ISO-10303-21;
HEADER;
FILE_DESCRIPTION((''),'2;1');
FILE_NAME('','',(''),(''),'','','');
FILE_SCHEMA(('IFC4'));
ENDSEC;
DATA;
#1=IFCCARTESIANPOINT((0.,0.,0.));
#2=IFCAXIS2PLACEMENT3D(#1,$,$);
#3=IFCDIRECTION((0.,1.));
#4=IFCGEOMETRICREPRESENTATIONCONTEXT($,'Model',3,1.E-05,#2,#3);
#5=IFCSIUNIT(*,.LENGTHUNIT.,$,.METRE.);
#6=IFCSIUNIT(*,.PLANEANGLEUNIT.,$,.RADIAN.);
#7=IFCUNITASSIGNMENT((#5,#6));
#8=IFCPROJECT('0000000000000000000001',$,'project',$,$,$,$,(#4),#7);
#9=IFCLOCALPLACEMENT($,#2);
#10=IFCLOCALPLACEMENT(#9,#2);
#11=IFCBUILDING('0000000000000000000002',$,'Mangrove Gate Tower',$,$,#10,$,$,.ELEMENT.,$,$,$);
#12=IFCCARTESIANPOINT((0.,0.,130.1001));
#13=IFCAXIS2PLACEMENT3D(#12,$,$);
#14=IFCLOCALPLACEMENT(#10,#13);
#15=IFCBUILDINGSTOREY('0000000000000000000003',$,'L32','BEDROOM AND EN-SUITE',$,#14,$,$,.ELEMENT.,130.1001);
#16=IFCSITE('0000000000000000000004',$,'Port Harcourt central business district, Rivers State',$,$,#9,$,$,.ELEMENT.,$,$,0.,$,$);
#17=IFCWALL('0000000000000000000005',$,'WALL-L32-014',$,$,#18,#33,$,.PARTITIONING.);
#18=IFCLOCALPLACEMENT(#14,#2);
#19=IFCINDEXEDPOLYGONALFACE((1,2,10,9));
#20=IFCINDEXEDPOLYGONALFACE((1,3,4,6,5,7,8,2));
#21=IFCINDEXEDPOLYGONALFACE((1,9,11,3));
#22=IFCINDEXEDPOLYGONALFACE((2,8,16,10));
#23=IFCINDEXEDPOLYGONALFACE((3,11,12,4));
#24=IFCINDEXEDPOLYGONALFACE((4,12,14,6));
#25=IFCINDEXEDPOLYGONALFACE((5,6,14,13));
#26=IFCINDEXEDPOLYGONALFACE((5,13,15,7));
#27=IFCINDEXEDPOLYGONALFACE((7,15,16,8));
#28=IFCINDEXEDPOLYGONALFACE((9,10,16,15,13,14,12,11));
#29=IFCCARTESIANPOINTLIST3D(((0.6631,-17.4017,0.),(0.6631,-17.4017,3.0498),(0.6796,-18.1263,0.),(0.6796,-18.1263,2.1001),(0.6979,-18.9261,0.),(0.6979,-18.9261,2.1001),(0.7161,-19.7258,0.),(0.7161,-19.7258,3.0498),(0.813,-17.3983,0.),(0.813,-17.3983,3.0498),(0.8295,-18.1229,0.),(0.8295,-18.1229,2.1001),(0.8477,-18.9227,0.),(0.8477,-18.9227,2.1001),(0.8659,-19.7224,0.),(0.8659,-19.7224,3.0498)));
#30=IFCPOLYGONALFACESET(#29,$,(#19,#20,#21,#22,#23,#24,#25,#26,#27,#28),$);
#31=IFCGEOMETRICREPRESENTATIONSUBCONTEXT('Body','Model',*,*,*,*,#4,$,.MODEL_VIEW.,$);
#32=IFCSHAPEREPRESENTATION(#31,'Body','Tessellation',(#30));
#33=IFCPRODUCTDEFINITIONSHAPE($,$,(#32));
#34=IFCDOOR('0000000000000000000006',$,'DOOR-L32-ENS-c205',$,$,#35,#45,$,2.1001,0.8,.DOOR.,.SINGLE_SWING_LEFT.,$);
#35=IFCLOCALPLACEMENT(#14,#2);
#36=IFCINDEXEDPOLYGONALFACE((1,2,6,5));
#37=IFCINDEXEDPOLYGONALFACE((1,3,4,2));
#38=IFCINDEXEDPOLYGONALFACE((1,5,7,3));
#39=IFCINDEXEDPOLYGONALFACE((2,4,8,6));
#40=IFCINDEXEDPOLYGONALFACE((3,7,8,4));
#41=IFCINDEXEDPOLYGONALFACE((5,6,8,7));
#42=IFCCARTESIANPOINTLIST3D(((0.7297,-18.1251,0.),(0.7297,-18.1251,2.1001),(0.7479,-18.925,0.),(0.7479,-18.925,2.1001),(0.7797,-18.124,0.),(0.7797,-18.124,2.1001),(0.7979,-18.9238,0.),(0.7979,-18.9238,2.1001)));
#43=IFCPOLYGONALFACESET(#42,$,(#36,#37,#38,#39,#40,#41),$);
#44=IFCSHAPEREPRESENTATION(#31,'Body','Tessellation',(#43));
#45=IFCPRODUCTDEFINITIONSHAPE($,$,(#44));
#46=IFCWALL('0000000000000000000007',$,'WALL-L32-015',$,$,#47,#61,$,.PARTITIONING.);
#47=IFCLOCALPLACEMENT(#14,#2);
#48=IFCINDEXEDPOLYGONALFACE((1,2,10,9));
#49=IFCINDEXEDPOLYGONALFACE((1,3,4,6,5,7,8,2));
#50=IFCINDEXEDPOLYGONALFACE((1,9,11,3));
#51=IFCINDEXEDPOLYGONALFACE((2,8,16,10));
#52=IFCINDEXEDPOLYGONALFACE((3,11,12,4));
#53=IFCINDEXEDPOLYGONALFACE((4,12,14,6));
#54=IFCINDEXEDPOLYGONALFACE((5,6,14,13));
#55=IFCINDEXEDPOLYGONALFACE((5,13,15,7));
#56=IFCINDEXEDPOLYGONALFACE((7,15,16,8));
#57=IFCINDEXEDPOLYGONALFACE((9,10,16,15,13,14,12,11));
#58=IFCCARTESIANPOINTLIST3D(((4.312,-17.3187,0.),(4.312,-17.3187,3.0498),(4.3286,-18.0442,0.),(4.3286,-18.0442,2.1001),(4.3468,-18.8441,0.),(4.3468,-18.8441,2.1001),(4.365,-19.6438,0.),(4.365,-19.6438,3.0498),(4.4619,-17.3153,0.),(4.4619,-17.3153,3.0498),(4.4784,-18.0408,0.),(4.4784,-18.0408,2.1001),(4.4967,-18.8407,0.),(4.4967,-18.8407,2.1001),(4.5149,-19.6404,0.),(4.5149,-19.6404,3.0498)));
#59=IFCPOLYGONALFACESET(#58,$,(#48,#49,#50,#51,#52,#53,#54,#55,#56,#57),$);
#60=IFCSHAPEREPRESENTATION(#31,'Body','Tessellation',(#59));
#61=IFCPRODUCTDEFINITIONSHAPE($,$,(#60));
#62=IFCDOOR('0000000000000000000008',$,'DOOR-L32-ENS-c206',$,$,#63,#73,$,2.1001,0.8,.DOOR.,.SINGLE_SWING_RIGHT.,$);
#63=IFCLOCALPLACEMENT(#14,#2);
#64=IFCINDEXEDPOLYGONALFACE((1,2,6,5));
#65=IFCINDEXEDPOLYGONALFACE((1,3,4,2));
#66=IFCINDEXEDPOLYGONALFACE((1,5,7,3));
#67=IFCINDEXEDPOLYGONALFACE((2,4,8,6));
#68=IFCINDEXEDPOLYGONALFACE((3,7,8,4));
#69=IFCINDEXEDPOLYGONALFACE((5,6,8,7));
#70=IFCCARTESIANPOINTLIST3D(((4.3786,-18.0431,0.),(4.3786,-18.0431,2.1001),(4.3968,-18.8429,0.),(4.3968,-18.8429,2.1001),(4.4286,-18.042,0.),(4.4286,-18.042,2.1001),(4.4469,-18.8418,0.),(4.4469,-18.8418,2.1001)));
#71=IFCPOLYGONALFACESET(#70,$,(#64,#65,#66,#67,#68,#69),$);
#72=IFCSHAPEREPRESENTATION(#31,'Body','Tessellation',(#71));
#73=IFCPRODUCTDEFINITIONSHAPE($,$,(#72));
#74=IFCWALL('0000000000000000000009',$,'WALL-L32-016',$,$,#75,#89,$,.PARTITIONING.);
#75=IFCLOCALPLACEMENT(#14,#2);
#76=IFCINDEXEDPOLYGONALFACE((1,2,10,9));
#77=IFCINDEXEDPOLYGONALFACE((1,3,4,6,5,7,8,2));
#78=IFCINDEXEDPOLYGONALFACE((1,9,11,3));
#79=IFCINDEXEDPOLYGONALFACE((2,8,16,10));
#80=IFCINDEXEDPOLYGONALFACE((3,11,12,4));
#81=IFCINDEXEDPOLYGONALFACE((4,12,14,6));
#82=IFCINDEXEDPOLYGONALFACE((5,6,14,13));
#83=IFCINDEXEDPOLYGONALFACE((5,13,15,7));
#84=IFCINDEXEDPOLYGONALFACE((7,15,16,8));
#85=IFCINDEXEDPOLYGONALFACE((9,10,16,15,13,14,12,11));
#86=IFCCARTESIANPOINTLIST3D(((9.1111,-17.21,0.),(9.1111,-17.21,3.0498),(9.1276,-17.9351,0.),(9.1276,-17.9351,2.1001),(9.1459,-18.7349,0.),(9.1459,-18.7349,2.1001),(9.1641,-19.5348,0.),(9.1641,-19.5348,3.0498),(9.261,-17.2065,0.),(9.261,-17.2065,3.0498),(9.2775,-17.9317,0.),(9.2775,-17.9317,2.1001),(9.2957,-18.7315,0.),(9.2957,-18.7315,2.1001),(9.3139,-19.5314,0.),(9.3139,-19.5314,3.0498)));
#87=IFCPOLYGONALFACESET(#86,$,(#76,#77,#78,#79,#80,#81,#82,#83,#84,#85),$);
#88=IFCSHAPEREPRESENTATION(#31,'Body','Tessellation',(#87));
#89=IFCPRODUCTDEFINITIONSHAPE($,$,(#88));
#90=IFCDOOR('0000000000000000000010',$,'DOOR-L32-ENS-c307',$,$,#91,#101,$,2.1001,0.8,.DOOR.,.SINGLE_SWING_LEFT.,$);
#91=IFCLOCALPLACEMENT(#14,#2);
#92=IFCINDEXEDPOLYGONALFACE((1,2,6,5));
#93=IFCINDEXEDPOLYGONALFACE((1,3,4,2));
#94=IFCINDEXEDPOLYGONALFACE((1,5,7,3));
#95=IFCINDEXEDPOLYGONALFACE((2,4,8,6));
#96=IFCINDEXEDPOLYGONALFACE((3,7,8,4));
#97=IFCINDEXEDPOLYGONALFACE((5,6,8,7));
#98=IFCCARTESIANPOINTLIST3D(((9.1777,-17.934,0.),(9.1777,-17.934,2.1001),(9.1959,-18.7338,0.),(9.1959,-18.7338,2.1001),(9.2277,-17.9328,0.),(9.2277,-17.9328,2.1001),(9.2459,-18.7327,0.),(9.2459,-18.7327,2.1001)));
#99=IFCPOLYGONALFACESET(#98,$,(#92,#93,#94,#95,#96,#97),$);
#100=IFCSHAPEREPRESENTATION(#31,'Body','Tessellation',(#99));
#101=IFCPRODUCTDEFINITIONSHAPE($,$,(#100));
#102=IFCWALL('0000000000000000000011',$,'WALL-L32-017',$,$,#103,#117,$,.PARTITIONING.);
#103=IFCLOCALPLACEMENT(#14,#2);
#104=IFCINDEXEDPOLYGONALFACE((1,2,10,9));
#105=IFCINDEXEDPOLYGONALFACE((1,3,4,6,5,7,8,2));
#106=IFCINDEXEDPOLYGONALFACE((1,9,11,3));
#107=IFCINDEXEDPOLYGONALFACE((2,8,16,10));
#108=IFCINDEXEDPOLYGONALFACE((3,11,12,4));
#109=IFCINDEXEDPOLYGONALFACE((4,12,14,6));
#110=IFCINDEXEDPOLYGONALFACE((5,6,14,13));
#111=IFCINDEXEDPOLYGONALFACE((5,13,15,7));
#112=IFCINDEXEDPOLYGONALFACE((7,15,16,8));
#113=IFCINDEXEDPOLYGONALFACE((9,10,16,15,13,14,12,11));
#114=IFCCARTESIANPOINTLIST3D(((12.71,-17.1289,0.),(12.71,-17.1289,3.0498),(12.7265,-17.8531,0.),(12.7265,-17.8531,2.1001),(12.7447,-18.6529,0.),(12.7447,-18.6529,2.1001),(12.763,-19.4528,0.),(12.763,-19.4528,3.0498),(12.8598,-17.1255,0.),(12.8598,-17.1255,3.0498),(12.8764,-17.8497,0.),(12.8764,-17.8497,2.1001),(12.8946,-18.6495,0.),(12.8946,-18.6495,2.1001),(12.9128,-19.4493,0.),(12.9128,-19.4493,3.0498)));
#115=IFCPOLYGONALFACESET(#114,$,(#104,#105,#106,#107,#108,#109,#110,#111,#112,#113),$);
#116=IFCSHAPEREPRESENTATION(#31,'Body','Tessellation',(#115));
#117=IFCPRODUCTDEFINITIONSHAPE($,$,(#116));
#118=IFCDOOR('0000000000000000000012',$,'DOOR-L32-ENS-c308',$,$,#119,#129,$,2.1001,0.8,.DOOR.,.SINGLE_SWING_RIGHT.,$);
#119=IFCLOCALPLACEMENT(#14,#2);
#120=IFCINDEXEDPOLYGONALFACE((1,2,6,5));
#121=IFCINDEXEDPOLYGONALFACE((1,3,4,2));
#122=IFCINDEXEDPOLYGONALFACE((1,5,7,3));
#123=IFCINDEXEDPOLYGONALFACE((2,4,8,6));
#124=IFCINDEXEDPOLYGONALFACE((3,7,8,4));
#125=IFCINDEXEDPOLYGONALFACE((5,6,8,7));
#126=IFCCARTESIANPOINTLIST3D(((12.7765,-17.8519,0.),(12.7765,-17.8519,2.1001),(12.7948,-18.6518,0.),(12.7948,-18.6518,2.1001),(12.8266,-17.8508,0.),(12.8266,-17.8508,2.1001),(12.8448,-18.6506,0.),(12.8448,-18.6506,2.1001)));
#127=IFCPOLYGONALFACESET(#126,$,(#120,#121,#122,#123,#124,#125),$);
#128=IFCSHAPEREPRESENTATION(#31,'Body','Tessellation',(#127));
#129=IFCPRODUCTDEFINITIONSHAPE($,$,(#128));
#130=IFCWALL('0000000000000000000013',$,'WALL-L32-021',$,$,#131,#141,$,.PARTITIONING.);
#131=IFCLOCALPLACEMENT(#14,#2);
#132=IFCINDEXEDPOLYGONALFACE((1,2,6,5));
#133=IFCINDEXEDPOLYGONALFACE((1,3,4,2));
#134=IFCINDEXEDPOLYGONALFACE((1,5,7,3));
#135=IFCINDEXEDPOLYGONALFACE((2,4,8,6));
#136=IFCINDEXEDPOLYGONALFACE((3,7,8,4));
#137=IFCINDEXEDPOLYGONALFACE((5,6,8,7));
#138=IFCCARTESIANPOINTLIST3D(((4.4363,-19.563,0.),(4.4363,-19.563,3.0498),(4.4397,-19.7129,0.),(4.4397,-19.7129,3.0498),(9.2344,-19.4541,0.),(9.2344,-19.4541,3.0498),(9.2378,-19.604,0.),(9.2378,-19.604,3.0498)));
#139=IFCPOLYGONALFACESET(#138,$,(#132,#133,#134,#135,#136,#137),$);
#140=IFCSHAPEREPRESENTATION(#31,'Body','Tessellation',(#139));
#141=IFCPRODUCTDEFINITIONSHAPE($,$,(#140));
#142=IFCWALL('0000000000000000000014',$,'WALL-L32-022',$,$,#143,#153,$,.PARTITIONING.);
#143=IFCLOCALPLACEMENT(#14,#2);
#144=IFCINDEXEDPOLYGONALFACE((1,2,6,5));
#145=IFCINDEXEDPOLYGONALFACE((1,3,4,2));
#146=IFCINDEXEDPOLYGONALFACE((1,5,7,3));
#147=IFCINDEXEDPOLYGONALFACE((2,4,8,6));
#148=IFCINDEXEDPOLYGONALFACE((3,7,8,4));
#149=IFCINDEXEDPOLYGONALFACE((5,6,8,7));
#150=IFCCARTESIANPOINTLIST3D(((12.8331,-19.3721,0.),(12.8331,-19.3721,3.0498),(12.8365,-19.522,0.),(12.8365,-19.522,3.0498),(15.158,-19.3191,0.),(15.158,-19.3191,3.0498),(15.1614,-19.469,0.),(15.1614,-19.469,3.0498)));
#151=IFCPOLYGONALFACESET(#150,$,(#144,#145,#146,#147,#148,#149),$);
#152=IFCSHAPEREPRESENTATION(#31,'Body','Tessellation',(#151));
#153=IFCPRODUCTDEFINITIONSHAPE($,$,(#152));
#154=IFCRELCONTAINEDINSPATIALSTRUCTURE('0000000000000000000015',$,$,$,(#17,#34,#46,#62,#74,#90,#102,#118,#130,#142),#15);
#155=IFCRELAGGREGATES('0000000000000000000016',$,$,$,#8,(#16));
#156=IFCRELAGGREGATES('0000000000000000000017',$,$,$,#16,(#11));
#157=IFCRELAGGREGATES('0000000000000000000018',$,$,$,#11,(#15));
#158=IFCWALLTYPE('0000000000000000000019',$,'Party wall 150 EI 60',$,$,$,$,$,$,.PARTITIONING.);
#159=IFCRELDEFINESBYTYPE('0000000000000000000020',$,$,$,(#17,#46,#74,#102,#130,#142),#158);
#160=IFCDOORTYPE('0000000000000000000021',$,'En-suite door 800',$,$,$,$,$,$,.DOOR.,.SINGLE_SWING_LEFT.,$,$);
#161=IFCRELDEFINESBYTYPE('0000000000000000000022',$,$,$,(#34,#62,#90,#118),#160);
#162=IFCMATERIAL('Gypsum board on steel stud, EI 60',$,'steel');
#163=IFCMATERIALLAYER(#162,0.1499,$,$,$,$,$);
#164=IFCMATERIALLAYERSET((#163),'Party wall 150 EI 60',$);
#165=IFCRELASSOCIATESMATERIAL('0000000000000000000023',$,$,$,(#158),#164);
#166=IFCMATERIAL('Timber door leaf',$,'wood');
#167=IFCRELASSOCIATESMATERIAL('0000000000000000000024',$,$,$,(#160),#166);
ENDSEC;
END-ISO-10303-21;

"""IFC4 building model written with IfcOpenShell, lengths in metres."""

from ifc_helpers import new_model, si_unit, direction, frame, frame_2d, origin, place, context, subcontext, project, spatial, rectangle, extrude, material, layer, layer_set, type_object, element, fill, save


model = new_model("IFC4")

# Units and contexts
model_context = context("Model", 3, precision=1e-05, world=origin(), true_north=direction((0.0, 1.0)))
body_context = subcontext(model_context, "Body", "Model", "MODEL_VIEW")
ifc_project = project(units=[si_unit("LENGTHUNIT", "METRE"), si_unit("PLANEANGLEUNIT", "RADIAN")], contexts=[model_context])

# Site, building, storey
site_placement = place(None, origin())
site = spatial("IfcSite", under=ifc_project, at=site_placement, Name="Port Harcourt central business district, Rivers State", CompositionType="ELEMENT", RefElevation=0.0)
building_placement = place(site_placement, origin())
building = spatial("IfcBuilding", under=site, at=building_placement, Name="Mangrove Gate Tower", CompositionType="ELEMENT")
storey_placement = place(building_placement, frame((0.0, 0.0, 130.1001)))
storey = spatial("IfcBuildingStorey", under=building, at=storey_placement, Name="L32", Description="BEDROOM AND EN-SUITE", CompositionType="ELEMENT", Elevation=130.1001)

# Shared definitions
ifc_material_1 = material(Name="Gypsum board on steel stud, EI 60", Category="steel")
ifc_layer_1 = layer(ifc_material_1, 0.1499)
ifc_layer_set_1 = layer_set([ifc_layer_1], Name="Party wall 150 EI 60")
wall_type_1 = type_object("IfcWallType", Name="Party wall 150 EI 60", PredefinedType="PARTITIONING", material=ifc_layer_set_1)

# Walls, openings, doors
wall_1_placement = place(storey_placement, frame((0.791, -19.7241, 0.0), z_axis=(0.0, 0.0, 1.0), x_axis=(-0.022788, 0.99974, 0.0)))
wall_1 = element("IfcWall", 1, at=wall_1_placement, inside=storey, type_object=wall_type_1, Name="WALL-L32-014", PredefinedType="PARTITIONING", context=body_context, shape_type="SweptSolid", body=[
    extrude(rectangle(XDim=2.3247, YDim=0.1499, at=frame_2d((1.1624, 0.0))), origin(), (0.0, 0.0, 1.0), 3.0498),
])
opening_1_placement = place(wall_1_placement, frame((0.8, 0.0, 0.0)))
opening_1 = element("IfcOpeningElement", 2, at=opening_1_placement, cuts=wall_1, PredefinedType="OPENING", context=body_context, shape_type="SweptSolid", body=[
    extrude(rectangle(XDim=0.8, YDim=2.1001, at=frame_2d((0.3999, 1.05))), frame((0.0, 0.085, 0.0), z_axis=(0.0, -1.0, 0.0), x_axis=(1.0, 0.0, 0.0)), (0.0, 0.0, 1.0), 0.1699),
])
ifc_material_2 = material(Name="Timber door leaf", Category="wood")
door_type_1 = type_object("IfcDoorType", Name="En-suite door 800", OperationType="SINGLE_SWING_LEFT", PredefinedType="DOOR", material=ifc_material_2)
door_1_placement = place(opening_1_placement, origin())
door_1 = element("IfcDoor", 3, at=door_1_placement, inside=storey, type_object=door_type_1, Name="DOOR-L32-ENS-c205", OperationType="SINGLE_SWING_LEFT", OverallHeight=2.1001, OverallWidth=0.8, PredefinedType="DOOR", context=body_context, shape_type="SweptSolid", body=[
    extrude(rectangle(XDim=0.8, YDim=2.1001, at=frame_2d((0.3999, 1.05))), frame((0.0, 0.0249, 0.0), z_axis=(0.0, -1.0, 0.0), x_axis=(1.0, 0.0, 0.0)), (0.0, 0.0, 1.0), 0.05),
])
fill(opening_1, door_1)
wall_2_placement = place(storey_placement, frame((4.4399, -19.6421, 0.0), z_axis=(0.0, 0.0, 1.0), x_axis=(-0.022779, 0.999741, 0.0)))
wall_2 = element("IfcWall", 4, at=wall_2_placement, inside=storey, type_object=wall_type_1, Name="WALL-L32-015", PredefinedType="PARTITIONING", context=body_context, shape_type="SweptSolid", body=[
    extrude(rectangle(XDim=2.3257, YDim=0.1499, at=frame_2d((1.1628, 0.0))), origin(), (0.0, 0.0, 1.0), 3.0498),
])
opening_2_placement = place(wall_2_placement, frame((0.8, 0.0, 0.0)))
opening_2 = element("IfcOpeningElement", 5, at=opening_2_placement, cuts=wall_2, PredefinedType="OPENING", context=body_context, shape_type="SweptSolid", body=[
    extrude(rectangle(XDim=0.8, YDim=2.1001, at=frame_2d((0.3999, 1.05))), frame((0.0, 0.085, 0.0), z_axis=(0.0, -1.0, 0.0), x_axis=(1.0, 0.0, 0.0)), (0.0, 0.0, 1.0), 0.1699),
])
door_2_placement = place(opening_2_placement, origin())
door_2 = element("IfcDoor", 6, at=door_2_placement, inside=storey, type_object=door_type_1, Name="DOOR-L32-ENS-c206", OperationType="SINGLE_SWING_RIGHT", OverallHeight=2.1001, OverallWidth=0.8, PredefinedType="DOOR", context=body_context, shape_type="SweptSolid", body=[
    extrude(rectangle(XDim=0.8, YDim=2.1001, at=frame_2d((0.3999, 1.05))), frame((0.0, 0.0249, 0.0), z_axis=(0.0, -1.0, 0.0), x_axis=(1.0, 0.0, 0.0)), (0.0, 0.0, 1.0), 0.05),
])
fill(opening_2, door_2)
wall_3_placement = place(storey_placement, frame((9.239, -19.533, 0.0), z_axis=(0.0, 0.0, 1.0), x_axis=(-0.022781, 0.99974, 0.0)))
wall_3 = element("IfcWall", 7, at=wall_3_placement, inside=storey, type_object=wall_type_1, Name="WALL-L32-016", PredefinedType="PARTITIONING", context=body_context, shape_type="SweptSolid", body=[
    extrude(rectangle(XDim=2.3254, YDim=0.1499, at=frame_2d((1.1626, 0.0))), origin(), (0.0, 0.0, 1.0), 3.0498),
])
opening_3_placement = place(wall_3_placement, frame((0.8, 0.0, 0.0)))
opening_3 = element("IfcOpeningElement", 8, at=opening_3_placement, cuts=wall_3, PredefinedType="OPENING", context=body_context, shape_type="SweptSolid", body=[
    extrude(rectangle(XDim=0.8, YDim=2.1001, at=frame_2d((0.3999, 1.05))), frame((0.0, 0.085, 0.0), z_axis=(0.0, -1.0, 0.0), x_axis=(1.0, 0.0, 0.0)), (0.0, 0.0, 1.0), 0.1699),
])
door_3_placement = place(opening_3_placement, origin())
door_3 = element("IfcDoor", 9, at=door_3_placement, inside=storey, type_object=door_type_1, Name="DOOR-L32-ENS-c307", OperationType="SINGLE_SWING_LEFT", OverallHeight=2.1001, OverallWidth=0.8, PredefinedType="DOOR", context=body_context, shape_type="SweptSolid", body=[
    extrude(rectangle(XDim=0.8, YDim=2.1001, at=frame_2d((0.3999, 1.05))), frame((0.0, 0.0249, 0.0), z_axis=(0.0, -1.0, 0.0), x_axis=(1.0, 0.0, 0.0)), (0.0, 0.0, 1.0), 0.05),
])
fill(opening_3, door_3)
wall_4_placement = place(storey_placement, frame((12.8379, -19.4509, 0.0), z_axis=(0.0, 0.0, 1.0), x_axis=(-0.022791, 0.99974, 0.0)))
wall_4 = element("IfcWall", 10, at=wall_4_placement, inside=storey, type_object=wall_type_1, Name="WALL-L32-017", PredefinedType="PARTITIONING", context=body_context, shape_type="SweptSolid", body=[
    extrude(rectangle(XDim=2.3245, YDim=0.1499, at=frame_2d((1.1621, 0.0))), origin(), (0.0, 0.0, 1.0), 3.0498),
])
opening_4_placement = place(wall_4_placement, frame((0.8, 0.0, 0.0)))
opening_4 = element("IfcOpeningElement", 11, at=opening_4_placement, cuts=wall_4, PredefinedType="OPENING", context=body_context, shape_type="SweptSolid", body=[
    extrude(rectangle(XDim=0.8, YDim=2.1001, at=frame_2d((0.3999, 1.05))), frame((0.0, 0.085, 0.0), z_axis=(0.0, -1.0, 0.0), x_axis=(1.0, 0.0, 0.0)), (0.0, 0.0, 1.0), 0.1699),
])
door_4_placement = place(opening_4_placement, origin())
door_4 = element("IfcDoor", 12, at=door_4_placement, inside=storey, type_object=door_type_1, Name="DOOR-L32-ENS-c308", OperationType="SINGLE_SWING_RIGHT", OverallHeight=2.1001, OverallWidth=0.8, PredefinedType="DOOR", context=body_context, shape_type="SweptSolid", body=[
    extrude(rectangle(XDim=0.8, YDim=2.1001, at=frame_2d((0.3999, 1.05))), frame((0.0, 0.0249, 0.0), z_axis=(0.0, -1.0, 0.0), x_axis=(1.0, 0.0, 0.0)), (0.0, 0.0, 1.0), 0.05),
])
fill(opening_4, door_4)

# Walls
wall_5_placement = place(storey_placement, frame((4.438, -19.6379, 0.0), z_axis=(0.0, 0.0, 1.0), x_axis=(0.999743, 0.022688, 0.0)))
element("IfcWall", 13, at=wall_5_placement, inside=storey, type_object=wall_type_1, Name="WALL-L32-021", PredefinedType="PARTITIONING", context=body_context, shape_type="SweptSolid", body=[
    extrude(rectangle(XDim=4.7993, YDim=0.1499, at=frame_2d((2.3997, 0.0))), origin(), (0.0, 0.0, 1.0), 3.0498),
])
wall_6_placement = place(storey_placement, frame((12.835, -19.447, 0.0), z_axis=(0.0, 0.0, 1.0), x_axis=(0.99974, 0.022781, 0.0)))
element("IfcWall", 14, at=wall_6_placement, inside=storey, type_object=wall_type_1, Name="WALL-L32-022", PredefinedType="PARTITIONING", context=body_context, shape_type="SweptSolid", body=[
    extrude(rectangle(XDim=2.3254, YDim=0.1499, at=frame_2d((1.1626, 0.0))), origin(), (0.0, 0.0, 1.0), 3.0498),
])

save(model, "model.ifc")
